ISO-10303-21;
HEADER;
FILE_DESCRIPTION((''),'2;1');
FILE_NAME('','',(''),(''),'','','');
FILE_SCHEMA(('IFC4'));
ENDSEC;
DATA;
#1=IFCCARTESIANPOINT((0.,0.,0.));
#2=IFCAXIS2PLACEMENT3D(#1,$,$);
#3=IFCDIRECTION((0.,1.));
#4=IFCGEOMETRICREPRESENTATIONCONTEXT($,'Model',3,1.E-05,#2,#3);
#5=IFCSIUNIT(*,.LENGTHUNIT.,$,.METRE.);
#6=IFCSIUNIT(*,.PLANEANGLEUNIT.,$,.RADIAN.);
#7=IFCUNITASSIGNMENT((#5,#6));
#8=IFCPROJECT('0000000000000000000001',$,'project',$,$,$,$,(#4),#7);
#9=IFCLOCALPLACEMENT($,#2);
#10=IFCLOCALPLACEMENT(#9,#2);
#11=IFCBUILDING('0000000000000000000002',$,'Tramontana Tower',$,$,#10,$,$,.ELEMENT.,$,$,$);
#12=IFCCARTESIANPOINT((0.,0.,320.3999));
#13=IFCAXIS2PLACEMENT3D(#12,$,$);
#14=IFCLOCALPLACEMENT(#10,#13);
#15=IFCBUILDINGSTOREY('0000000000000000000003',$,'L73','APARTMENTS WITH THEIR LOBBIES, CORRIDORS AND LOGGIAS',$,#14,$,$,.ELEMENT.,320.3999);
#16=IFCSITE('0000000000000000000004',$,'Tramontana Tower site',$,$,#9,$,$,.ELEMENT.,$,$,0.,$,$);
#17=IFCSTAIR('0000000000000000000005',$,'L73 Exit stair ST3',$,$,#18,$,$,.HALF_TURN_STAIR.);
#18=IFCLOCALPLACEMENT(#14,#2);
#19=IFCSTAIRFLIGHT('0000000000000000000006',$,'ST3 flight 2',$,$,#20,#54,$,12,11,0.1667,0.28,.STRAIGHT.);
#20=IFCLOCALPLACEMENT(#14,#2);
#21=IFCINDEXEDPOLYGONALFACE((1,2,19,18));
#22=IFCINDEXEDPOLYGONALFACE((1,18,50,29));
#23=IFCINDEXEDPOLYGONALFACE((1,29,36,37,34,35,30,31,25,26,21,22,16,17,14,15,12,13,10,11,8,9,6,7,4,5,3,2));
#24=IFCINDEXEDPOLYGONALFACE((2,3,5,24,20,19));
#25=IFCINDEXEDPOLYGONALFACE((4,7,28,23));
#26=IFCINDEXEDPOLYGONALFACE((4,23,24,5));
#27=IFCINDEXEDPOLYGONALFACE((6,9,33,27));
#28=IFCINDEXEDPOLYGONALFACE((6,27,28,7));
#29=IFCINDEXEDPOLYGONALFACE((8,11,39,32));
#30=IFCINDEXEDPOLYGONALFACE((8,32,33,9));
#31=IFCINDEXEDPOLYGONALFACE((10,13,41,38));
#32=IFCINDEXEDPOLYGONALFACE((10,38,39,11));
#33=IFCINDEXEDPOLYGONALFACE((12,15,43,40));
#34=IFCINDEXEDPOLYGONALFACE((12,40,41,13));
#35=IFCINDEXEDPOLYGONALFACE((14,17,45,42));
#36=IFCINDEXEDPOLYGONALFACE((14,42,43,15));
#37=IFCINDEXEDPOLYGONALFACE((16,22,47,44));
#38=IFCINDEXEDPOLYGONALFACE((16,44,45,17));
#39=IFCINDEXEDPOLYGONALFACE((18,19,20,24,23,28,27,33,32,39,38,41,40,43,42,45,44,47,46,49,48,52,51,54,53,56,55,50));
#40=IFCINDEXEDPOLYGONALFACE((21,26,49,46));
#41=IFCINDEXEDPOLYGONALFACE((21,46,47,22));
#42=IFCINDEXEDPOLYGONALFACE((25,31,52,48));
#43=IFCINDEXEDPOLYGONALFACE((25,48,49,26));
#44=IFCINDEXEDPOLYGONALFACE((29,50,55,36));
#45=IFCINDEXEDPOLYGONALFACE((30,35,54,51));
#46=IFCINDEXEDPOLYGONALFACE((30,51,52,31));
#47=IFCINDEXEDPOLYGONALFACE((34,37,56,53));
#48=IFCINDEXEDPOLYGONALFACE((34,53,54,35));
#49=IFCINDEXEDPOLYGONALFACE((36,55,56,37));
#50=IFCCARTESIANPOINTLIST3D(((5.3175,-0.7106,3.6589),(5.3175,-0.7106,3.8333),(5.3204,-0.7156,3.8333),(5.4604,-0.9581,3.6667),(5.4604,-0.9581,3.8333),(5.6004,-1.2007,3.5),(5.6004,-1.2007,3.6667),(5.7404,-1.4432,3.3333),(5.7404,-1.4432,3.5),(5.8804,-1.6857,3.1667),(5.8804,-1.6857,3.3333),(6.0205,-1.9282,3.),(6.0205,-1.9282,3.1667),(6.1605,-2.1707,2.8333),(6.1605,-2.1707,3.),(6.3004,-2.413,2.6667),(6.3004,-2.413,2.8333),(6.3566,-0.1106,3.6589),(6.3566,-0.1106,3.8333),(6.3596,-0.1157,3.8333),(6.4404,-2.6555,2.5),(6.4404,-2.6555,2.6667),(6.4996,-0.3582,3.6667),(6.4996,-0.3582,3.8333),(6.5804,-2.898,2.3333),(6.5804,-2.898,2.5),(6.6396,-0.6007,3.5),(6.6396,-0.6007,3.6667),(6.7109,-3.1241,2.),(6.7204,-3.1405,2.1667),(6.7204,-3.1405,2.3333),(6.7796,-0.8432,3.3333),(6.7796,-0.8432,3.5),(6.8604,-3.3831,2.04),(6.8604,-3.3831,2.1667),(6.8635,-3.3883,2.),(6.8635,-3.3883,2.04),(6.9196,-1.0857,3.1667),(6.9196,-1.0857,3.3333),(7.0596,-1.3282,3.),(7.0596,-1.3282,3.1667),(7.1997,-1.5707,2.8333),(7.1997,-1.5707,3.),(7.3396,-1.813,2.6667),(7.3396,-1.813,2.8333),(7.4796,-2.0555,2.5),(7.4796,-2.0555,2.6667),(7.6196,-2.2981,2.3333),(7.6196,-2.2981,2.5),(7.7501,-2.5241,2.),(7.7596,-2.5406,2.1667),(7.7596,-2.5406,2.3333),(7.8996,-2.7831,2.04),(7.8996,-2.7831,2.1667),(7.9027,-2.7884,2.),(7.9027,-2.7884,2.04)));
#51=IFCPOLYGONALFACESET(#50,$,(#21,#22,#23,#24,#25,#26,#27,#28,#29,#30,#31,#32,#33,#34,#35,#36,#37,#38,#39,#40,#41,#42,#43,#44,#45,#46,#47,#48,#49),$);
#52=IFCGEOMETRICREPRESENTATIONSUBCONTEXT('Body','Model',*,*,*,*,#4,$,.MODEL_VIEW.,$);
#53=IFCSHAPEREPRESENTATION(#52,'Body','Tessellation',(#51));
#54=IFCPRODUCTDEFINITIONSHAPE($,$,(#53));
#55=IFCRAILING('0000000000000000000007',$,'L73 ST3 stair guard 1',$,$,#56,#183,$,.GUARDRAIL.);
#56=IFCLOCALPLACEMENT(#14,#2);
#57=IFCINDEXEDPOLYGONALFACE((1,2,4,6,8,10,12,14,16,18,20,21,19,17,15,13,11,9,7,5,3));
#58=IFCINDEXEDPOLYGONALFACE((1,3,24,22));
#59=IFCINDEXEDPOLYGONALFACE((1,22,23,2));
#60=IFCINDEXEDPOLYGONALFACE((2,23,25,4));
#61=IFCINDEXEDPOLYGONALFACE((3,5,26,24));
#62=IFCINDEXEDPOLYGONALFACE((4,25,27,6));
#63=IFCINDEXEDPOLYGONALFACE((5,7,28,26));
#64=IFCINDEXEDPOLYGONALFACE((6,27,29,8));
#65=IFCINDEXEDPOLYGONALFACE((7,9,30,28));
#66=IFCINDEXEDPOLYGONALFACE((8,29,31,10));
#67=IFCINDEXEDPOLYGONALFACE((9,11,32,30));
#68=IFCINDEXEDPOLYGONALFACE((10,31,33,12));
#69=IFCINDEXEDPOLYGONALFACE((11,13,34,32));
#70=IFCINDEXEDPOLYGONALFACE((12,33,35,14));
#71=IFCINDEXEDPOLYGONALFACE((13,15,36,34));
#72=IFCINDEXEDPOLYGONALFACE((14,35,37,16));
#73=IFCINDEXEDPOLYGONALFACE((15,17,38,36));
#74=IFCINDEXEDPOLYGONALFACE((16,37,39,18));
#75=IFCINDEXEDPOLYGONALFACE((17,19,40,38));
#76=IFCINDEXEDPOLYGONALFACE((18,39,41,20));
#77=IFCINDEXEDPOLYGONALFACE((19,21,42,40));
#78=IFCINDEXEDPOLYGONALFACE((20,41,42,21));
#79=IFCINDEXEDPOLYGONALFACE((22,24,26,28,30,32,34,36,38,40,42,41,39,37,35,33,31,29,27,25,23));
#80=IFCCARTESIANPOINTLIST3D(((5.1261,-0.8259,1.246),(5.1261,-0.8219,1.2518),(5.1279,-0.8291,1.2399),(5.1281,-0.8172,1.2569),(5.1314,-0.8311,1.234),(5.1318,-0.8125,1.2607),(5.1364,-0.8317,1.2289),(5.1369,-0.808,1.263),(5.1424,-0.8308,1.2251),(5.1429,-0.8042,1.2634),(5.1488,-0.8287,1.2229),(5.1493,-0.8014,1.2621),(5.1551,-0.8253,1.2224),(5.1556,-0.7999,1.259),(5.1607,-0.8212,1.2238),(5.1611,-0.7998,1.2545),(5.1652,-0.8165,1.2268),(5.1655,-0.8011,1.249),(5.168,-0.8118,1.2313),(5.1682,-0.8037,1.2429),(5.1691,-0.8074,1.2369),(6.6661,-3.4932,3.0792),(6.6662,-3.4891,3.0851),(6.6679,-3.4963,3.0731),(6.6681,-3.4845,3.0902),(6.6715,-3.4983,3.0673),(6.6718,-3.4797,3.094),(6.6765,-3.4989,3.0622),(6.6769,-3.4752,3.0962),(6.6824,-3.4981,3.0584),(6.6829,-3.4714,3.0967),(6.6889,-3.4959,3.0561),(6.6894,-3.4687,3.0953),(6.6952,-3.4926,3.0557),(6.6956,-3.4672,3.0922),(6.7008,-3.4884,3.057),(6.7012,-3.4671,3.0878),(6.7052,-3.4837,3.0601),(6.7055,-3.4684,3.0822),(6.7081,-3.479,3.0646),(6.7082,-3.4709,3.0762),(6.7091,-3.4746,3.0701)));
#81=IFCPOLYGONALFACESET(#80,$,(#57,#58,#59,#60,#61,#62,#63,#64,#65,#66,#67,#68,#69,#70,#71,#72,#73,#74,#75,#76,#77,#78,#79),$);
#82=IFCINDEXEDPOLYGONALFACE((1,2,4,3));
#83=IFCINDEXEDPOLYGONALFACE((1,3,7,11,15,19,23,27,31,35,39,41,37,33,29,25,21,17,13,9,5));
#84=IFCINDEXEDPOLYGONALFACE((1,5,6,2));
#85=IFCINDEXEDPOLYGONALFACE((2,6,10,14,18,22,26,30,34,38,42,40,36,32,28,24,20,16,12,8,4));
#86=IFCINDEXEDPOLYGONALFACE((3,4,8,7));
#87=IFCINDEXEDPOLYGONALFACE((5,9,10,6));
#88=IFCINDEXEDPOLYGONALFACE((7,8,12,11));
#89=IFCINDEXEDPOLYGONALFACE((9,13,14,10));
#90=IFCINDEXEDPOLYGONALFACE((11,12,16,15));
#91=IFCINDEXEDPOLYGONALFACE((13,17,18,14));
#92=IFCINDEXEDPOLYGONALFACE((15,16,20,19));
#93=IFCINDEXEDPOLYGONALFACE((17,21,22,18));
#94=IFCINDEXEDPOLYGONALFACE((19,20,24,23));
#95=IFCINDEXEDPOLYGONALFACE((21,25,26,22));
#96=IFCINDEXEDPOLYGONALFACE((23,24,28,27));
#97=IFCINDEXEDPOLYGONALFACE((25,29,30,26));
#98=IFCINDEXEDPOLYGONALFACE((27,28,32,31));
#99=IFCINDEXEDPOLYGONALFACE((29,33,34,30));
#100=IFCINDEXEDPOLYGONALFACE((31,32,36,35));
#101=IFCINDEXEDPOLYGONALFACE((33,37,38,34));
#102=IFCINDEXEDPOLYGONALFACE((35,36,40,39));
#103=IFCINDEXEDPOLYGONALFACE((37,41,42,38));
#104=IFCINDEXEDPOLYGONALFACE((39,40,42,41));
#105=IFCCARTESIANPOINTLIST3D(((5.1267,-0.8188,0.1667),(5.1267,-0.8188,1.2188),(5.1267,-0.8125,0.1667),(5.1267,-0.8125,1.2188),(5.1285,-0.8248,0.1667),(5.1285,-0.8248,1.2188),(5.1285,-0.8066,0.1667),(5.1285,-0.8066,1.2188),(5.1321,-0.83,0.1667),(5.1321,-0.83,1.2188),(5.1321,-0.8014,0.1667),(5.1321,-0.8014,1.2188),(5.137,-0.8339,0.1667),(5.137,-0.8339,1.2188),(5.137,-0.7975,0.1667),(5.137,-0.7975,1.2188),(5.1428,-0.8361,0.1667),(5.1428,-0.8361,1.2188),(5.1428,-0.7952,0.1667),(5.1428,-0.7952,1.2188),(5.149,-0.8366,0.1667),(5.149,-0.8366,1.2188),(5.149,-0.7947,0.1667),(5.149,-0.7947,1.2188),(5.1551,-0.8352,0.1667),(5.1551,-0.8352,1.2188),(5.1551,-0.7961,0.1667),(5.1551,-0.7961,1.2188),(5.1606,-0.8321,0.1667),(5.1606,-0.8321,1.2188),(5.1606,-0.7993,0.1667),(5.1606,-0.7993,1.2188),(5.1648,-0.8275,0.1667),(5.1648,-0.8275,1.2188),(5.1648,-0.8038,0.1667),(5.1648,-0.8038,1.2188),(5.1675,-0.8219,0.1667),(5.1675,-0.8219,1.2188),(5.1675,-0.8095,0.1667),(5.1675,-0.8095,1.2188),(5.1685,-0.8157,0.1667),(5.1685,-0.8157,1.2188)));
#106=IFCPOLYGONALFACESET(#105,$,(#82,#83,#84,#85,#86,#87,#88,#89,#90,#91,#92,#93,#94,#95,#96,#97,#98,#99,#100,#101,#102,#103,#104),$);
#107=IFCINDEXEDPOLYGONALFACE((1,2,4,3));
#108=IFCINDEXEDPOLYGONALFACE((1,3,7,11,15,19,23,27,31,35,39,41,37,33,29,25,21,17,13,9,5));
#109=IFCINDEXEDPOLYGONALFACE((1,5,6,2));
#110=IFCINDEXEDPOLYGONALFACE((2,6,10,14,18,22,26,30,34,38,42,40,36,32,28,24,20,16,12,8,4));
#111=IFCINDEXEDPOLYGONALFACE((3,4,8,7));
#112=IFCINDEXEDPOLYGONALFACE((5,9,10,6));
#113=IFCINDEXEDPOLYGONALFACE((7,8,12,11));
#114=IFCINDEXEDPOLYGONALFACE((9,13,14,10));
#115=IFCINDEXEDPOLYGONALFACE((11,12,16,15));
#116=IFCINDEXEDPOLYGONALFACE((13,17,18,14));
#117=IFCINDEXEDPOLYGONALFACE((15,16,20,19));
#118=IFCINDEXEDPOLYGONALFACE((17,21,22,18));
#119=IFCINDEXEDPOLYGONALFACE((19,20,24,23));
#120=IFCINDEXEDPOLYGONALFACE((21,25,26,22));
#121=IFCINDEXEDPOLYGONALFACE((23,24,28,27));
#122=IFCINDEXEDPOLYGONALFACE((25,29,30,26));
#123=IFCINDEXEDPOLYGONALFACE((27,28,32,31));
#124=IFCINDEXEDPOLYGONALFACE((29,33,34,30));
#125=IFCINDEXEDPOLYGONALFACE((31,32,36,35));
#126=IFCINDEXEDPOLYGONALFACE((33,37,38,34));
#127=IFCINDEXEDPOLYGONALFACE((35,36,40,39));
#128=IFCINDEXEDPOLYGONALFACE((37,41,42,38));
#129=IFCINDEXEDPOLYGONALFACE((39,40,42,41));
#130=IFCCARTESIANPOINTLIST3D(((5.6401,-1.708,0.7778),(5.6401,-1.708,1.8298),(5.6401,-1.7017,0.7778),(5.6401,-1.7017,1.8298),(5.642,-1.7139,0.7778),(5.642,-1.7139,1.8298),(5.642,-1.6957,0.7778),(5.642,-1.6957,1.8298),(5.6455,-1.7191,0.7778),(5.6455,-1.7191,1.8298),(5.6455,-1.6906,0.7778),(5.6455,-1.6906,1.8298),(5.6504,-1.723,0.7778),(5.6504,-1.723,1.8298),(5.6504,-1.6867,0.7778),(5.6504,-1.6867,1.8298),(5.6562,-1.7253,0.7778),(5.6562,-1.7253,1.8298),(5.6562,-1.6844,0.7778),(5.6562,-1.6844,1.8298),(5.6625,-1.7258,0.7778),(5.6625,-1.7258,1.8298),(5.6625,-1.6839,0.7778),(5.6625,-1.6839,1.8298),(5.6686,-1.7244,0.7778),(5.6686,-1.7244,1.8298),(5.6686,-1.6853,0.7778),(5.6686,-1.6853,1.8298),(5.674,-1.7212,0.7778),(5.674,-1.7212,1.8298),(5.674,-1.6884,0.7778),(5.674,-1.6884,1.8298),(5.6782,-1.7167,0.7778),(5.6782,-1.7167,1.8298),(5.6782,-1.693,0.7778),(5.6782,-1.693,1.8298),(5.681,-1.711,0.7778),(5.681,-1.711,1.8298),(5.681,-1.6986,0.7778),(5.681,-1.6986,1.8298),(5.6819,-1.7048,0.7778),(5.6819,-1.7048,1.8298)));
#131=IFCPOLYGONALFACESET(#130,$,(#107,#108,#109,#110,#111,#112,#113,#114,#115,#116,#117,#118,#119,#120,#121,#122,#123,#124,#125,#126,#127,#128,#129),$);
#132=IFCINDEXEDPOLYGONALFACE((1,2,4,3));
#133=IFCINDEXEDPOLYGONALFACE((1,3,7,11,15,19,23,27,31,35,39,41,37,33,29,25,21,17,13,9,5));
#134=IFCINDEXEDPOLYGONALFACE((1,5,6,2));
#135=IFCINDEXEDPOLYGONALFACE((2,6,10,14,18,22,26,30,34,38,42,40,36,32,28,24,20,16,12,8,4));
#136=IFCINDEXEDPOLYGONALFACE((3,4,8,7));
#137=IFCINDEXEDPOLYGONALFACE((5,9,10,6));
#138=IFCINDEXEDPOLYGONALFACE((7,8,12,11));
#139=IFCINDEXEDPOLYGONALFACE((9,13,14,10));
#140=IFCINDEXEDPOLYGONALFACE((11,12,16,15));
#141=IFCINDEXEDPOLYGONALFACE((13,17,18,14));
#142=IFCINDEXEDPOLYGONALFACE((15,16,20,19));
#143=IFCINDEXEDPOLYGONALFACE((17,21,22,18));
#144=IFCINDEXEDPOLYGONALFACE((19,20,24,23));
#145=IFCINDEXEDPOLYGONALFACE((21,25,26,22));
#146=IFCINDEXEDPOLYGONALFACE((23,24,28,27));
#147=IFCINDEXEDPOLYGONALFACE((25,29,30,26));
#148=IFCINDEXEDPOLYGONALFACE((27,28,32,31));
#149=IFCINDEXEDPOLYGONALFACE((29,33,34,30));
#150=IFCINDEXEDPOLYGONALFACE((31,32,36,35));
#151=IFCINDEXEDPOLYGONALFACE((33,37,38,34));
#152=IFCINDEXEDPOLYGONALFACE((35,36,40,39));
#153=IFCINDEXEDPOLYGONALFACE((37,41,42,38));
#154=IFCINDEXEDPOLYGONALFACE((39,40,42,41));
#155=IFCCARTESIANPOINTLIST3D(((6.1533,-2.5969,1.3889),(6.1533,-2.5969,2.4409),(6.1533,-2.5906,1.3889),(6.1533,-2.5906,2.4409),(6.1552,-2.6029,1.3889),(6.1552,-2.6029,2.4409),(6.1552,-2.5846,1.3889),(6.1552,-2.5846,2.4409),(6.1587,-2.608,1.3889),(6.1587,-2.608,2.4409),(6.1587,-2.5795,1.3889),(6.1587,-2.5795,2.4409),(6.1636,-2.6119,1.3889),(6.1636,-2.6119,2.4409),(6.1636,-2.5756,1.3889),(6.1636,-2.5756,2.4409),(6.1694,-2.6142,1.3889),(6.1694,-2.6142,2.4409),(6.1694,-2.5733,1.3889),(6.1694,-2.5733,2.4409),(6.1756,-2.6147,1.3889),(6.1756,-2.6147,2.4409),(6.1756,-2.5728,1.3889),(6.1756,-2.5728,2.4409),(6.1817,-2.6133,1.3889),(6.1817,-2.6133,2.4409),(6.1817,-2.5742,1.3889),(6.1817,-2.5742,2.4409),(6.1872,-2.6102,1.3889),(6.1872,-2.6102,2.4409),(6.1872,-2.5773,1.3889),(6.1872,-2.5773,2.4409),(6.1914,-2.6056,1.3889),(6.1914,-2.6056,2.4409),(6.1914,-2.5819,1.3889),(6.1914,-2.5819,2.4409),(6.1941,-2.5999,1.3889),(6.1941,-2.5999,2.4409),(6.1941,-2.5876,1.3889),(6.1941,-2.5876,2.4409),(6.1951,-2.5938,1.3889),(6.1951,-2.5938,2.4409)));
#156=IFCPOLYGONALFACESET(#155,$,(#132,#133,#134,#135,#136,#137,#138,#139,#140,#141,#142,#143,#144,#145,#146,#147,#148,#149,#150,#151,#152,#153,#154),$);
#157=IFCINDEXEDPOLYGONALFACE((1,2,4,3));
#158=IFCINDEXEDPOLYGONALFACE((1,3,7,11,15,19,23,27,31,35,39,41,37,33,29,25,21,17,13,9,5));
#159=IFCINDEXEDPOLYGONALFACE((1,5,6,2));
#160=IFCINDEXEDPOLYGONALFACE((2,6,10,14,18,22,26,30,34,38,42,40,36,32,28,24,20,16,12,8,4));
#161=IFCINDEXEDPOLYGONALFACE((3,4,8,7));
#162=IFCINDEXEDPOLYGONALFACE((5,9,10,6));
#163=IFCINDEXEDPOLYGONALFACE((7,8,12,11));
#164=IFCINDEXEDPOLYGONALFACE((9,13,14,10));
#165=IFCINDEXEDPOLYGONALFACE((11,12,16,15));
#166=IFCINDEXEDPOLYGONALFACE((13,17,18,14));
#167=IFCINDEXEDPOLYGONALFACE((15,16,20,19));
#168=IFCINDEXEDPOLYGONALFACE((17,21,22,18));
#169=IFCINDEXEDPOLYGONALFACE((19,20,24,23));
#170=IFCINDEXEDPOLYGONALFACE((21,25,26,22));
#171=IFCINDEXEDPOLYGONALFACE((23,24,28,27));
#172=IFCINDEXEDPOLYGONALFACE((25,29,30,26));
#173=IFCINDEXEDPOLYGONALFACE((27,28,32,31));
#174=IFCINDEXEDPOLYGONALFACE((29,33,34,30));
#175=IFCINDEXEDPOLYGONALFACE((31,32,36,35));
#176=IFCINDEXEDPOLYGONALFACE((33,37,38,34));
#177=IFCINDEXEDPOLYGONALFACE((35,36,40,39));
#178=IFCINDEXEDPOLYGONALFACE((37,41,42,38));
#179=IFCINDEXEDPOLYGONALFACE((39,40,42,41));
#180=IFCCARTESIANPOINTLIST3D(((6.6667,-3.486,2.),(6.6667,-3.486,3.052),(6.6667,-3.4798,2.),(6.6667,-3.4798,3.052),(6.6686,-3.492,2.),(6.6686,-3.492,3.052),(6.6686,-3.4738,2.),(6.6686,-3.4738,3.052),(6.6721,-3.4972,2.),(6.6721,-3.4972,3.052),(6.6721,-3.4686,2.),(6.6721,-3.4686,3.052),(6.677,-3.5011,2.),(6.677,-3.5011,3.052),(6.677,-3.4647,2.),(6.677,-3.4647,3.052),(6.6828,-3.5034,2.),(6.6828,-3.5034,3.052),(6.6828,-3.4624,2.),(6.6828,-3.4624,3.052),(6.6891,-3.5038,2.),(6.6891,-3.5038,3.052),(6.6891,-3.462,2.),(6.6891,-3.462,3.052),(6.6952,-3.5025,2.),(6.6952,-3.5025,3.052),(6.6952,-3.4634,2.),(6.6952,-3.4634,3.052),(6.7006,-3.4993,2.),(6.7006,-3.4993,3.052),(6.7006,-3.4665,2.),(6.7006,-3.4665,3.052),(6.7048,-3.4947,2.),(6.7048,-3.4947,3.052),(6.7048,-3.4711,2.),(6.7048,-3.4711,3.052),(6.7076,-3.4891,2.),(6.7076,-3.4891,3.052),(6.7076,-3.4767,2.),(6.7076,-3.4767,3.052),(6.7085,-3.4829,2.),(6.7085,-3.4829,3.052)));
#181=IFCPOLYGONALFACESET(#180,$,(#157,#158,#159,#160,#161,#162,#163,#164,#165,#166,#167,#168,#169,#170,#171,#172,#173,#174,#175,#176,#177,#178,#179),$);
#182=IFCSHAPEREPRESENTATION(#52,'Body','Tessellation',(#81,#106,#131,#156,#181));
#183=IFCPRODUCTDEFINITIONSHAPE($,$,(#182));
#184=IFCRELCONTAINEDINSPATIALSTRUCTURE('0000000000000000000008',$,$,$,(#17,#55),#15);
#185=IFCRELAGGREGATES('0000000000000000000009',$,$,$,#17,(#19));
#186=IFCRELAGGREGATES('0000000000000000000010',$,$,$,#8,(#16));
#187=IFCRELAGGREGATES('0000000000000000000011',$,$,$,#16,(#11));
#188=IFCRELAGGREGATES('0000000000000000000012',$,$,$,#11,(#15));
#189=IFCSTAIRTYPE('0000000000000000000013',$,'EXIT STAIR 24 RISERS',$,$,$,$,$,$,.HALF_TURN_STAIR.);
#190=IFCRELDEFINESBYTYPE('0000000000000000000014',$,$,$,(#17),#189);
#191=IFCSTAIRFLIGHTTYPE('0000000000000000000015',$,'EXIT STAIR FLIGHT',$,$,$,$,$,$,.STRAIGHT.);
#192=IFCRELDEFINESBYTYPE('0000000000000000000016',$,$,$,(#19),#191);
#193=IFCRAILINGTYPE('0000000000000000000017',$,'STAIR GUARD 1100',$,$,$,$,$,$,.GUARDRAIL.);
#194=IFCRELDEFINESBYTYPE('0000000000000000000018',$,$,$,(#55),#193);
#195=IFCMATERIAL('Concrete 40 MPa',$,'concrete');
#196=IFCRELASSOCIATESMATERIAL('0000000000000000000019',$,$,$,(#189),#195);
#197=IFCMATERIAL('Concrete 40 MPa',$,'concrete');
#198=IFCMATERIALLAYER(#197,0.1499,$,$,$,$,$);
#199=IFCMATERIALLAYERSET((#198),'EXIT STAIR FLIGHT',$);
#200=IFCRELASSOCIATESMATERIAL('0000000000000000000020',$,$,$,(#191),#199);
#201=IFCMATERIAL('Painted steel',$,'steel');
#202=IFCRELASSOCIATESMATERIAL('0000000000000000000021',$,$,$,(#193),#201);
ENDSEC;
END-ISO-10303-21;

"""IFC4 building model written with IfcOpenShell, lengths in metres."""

from ifc_helpers import new_model, si_unit, direction, frame, origin, origin_2d, place, context, subcontext, project, spatial, polyline, circle, outline, extrude, material, layer, layer_set, type_object, element, aggregate, save


model = new_model("IFC4")

# Units and contexts
model_context = context("Model", 3, precision=1e-05, world=origin(), true_north=direction((0.0, 1.0)))
body_context = subcontext(model_context, "Body", "Model", "MODEL_VIEW")
ifc_project = project(units=[si_unit("LENGTHUNIT", "METRE"), si_unit("PLANEANGLEUNIT", "RADIAN")], contexts=[model_context])

# Site, building, storey
site_placement = place(None, origin())
site = spatial("IfcSite", under=ifc_project, at=site_placement, Name="Tramontana Tower site", CompositionType="ELEMENT", RefElevation=0.0)
building_placement = place(site_placement, origin())
building = spatial("IfcBuilding", under=site, at=building_placement, Name="Tramontana Tower", CompositionType="ELEMENT")
storey_placement = place(building_placement, frame((0.0, 0.0, 320.3999)))
storey = spatial("IfcBuildingStorey", under=building, at=storey_placement, Name="L73", Description="APARTMENTS WITH THEIR LOBBIES, CORRIDORS AND LOGGIAS", CompositionType="ELEMENT", Elevation=320.3999)

# Stair, stair flight
ifc_material_1 = material(Name="Concrete 40 MPa", Category="concrete")
stair_type = type_object("IfcStairType", Name="EXIT STAIR 24 RISERS", PredefinedType="HALF_TURN_STAIR", material=ifc_material_1)
stair_placement = place(storey_placement, origin())
stair = element("IfcStair", 1, at=stair_placement, inside=storey, type_object=stair_type, Name="L73 Exit stair ST3", PredefinedType="HALF_TURN_STAIR")
ifc_material_2 = material(Name="Concrete 40 MPa", Category="concrete")
ifc_layer_1 = layer(ifc_material_2, 0.1499)
ifc_layer_set_1 = layer_set([ifc_layer_1], Name="EXIT STAIR FLIGHT")
stair_flight_type = type_object("IfcStairFlightType", Name="EXIT STAIR FLIGHT", PredefinedType="STRAIGHT", material=ifc_layer_set_1)
stair_flight_1_placement = place(storey_placement, frame((7.3801, -3.083, 2.0), z_axis=(0.0, 0.0, 1.0), x_axis=(-0.5, 0.866025, 0.0)))
stair_flight_1 = element("IfcStairFlight", 2, at=stair_flight_1_placement, type_object=stair_flight_type, Name="ST3 flight 2", NumberOfRisers=12, NumberOfTreads=11, PredefinedType="STRAIGHT", RiserHeight=0.1667, TreadLength=0.28, context=body_context, shape_type="SweptSolid", body=[
    extrude(outline(polyline([(-0.0061, 0.0), (-0.0061, 0.04), (0.0, 0.04), (0.0, 0.1667), (0.28, 0.1667), (0.28, 0.3333), (0.5601, 0.3333), (0.5601, 0.5), (0.8401, 0.5), (0.8401, 0.6667), (1.1201, 0.6667), (1.1201, 0.8333), (1.3999, 0.8333), (1.3999, 1.0), (1.6799, 1.0), (1.6799, 1.1667), (1.96, 1.1667), (1.96, 1.3333), (2.24, 1.3333), (2.24, 1.5), (2.52, 1.5), (2.52, 1.6667), (2.8, 1.6667), (2.8, 1.8333), (3.0801, 1.8333), (3.0859, 1.8333), (3.0859, 1.6589), (0.2991, 0.0), (-0.0061, 0.0)])), frame((0.0, 0.6001, 0.0), z_axis=(0.0, -1.0, 0.0), x_axis=(1.0, 0.0, 0.0)), (0.0, 0.0, 1.0), 1.2),
])
aggregate(stair, [stair_flight_1])

# Railing
ifc_material_3 = material(Name="Painted steel", Category="steel")
railing_type_1 = type_object("IfcRailingType", Name="STAIR GUARD 1100", PredefinedType="GUARDRAIL", material=ifc_material_3)
railing_1_placement = place(storey_placement, frame((5.1475, -0.8157, 0.1667)))
element("IfcRailing", 3, at=railing_1_placement, inside=storey, type_object=railing_type_1, Name="L73 ST3 stair guard 1", PredefinedType="GUARDRAIL", context=body_context, shape_type="SweptSolid", body=[
    extrude(circle(Radius=0.0239, at=origin_2d()), frame((0.0, 0.0, 1.0762), z_axis=(0.429671, -0.744159, 0.511478), x_axis=(0.86601, 0.500027, 0.0)), (0.0, 0.0, 1.0), 3.5842),
    extrude(circle(Radius=0.021, at=origin_2d()), origin(), (0.0, 0.0, 1.0), 1.052),
    extrude(circle(Radius=0.021, at=origin_2d()), frame((0.5134, -0.8892, 0.6111)), (0.0, 0.0, 1.0), 1.052),
    extrude(circle(Radius=0.021, at=origin_2d()), frame((1.0266, -1.7781, 1.2222)), (0.0, 0.0, 1.0), 1.052),
    extrude(circle(Radius=0.021, at=origin_2d()), frame((1.54, -2.6672, 1.8333)), (0.0, 0.0, 1.0), 1.052),
])

save(model, "model.ifc")
